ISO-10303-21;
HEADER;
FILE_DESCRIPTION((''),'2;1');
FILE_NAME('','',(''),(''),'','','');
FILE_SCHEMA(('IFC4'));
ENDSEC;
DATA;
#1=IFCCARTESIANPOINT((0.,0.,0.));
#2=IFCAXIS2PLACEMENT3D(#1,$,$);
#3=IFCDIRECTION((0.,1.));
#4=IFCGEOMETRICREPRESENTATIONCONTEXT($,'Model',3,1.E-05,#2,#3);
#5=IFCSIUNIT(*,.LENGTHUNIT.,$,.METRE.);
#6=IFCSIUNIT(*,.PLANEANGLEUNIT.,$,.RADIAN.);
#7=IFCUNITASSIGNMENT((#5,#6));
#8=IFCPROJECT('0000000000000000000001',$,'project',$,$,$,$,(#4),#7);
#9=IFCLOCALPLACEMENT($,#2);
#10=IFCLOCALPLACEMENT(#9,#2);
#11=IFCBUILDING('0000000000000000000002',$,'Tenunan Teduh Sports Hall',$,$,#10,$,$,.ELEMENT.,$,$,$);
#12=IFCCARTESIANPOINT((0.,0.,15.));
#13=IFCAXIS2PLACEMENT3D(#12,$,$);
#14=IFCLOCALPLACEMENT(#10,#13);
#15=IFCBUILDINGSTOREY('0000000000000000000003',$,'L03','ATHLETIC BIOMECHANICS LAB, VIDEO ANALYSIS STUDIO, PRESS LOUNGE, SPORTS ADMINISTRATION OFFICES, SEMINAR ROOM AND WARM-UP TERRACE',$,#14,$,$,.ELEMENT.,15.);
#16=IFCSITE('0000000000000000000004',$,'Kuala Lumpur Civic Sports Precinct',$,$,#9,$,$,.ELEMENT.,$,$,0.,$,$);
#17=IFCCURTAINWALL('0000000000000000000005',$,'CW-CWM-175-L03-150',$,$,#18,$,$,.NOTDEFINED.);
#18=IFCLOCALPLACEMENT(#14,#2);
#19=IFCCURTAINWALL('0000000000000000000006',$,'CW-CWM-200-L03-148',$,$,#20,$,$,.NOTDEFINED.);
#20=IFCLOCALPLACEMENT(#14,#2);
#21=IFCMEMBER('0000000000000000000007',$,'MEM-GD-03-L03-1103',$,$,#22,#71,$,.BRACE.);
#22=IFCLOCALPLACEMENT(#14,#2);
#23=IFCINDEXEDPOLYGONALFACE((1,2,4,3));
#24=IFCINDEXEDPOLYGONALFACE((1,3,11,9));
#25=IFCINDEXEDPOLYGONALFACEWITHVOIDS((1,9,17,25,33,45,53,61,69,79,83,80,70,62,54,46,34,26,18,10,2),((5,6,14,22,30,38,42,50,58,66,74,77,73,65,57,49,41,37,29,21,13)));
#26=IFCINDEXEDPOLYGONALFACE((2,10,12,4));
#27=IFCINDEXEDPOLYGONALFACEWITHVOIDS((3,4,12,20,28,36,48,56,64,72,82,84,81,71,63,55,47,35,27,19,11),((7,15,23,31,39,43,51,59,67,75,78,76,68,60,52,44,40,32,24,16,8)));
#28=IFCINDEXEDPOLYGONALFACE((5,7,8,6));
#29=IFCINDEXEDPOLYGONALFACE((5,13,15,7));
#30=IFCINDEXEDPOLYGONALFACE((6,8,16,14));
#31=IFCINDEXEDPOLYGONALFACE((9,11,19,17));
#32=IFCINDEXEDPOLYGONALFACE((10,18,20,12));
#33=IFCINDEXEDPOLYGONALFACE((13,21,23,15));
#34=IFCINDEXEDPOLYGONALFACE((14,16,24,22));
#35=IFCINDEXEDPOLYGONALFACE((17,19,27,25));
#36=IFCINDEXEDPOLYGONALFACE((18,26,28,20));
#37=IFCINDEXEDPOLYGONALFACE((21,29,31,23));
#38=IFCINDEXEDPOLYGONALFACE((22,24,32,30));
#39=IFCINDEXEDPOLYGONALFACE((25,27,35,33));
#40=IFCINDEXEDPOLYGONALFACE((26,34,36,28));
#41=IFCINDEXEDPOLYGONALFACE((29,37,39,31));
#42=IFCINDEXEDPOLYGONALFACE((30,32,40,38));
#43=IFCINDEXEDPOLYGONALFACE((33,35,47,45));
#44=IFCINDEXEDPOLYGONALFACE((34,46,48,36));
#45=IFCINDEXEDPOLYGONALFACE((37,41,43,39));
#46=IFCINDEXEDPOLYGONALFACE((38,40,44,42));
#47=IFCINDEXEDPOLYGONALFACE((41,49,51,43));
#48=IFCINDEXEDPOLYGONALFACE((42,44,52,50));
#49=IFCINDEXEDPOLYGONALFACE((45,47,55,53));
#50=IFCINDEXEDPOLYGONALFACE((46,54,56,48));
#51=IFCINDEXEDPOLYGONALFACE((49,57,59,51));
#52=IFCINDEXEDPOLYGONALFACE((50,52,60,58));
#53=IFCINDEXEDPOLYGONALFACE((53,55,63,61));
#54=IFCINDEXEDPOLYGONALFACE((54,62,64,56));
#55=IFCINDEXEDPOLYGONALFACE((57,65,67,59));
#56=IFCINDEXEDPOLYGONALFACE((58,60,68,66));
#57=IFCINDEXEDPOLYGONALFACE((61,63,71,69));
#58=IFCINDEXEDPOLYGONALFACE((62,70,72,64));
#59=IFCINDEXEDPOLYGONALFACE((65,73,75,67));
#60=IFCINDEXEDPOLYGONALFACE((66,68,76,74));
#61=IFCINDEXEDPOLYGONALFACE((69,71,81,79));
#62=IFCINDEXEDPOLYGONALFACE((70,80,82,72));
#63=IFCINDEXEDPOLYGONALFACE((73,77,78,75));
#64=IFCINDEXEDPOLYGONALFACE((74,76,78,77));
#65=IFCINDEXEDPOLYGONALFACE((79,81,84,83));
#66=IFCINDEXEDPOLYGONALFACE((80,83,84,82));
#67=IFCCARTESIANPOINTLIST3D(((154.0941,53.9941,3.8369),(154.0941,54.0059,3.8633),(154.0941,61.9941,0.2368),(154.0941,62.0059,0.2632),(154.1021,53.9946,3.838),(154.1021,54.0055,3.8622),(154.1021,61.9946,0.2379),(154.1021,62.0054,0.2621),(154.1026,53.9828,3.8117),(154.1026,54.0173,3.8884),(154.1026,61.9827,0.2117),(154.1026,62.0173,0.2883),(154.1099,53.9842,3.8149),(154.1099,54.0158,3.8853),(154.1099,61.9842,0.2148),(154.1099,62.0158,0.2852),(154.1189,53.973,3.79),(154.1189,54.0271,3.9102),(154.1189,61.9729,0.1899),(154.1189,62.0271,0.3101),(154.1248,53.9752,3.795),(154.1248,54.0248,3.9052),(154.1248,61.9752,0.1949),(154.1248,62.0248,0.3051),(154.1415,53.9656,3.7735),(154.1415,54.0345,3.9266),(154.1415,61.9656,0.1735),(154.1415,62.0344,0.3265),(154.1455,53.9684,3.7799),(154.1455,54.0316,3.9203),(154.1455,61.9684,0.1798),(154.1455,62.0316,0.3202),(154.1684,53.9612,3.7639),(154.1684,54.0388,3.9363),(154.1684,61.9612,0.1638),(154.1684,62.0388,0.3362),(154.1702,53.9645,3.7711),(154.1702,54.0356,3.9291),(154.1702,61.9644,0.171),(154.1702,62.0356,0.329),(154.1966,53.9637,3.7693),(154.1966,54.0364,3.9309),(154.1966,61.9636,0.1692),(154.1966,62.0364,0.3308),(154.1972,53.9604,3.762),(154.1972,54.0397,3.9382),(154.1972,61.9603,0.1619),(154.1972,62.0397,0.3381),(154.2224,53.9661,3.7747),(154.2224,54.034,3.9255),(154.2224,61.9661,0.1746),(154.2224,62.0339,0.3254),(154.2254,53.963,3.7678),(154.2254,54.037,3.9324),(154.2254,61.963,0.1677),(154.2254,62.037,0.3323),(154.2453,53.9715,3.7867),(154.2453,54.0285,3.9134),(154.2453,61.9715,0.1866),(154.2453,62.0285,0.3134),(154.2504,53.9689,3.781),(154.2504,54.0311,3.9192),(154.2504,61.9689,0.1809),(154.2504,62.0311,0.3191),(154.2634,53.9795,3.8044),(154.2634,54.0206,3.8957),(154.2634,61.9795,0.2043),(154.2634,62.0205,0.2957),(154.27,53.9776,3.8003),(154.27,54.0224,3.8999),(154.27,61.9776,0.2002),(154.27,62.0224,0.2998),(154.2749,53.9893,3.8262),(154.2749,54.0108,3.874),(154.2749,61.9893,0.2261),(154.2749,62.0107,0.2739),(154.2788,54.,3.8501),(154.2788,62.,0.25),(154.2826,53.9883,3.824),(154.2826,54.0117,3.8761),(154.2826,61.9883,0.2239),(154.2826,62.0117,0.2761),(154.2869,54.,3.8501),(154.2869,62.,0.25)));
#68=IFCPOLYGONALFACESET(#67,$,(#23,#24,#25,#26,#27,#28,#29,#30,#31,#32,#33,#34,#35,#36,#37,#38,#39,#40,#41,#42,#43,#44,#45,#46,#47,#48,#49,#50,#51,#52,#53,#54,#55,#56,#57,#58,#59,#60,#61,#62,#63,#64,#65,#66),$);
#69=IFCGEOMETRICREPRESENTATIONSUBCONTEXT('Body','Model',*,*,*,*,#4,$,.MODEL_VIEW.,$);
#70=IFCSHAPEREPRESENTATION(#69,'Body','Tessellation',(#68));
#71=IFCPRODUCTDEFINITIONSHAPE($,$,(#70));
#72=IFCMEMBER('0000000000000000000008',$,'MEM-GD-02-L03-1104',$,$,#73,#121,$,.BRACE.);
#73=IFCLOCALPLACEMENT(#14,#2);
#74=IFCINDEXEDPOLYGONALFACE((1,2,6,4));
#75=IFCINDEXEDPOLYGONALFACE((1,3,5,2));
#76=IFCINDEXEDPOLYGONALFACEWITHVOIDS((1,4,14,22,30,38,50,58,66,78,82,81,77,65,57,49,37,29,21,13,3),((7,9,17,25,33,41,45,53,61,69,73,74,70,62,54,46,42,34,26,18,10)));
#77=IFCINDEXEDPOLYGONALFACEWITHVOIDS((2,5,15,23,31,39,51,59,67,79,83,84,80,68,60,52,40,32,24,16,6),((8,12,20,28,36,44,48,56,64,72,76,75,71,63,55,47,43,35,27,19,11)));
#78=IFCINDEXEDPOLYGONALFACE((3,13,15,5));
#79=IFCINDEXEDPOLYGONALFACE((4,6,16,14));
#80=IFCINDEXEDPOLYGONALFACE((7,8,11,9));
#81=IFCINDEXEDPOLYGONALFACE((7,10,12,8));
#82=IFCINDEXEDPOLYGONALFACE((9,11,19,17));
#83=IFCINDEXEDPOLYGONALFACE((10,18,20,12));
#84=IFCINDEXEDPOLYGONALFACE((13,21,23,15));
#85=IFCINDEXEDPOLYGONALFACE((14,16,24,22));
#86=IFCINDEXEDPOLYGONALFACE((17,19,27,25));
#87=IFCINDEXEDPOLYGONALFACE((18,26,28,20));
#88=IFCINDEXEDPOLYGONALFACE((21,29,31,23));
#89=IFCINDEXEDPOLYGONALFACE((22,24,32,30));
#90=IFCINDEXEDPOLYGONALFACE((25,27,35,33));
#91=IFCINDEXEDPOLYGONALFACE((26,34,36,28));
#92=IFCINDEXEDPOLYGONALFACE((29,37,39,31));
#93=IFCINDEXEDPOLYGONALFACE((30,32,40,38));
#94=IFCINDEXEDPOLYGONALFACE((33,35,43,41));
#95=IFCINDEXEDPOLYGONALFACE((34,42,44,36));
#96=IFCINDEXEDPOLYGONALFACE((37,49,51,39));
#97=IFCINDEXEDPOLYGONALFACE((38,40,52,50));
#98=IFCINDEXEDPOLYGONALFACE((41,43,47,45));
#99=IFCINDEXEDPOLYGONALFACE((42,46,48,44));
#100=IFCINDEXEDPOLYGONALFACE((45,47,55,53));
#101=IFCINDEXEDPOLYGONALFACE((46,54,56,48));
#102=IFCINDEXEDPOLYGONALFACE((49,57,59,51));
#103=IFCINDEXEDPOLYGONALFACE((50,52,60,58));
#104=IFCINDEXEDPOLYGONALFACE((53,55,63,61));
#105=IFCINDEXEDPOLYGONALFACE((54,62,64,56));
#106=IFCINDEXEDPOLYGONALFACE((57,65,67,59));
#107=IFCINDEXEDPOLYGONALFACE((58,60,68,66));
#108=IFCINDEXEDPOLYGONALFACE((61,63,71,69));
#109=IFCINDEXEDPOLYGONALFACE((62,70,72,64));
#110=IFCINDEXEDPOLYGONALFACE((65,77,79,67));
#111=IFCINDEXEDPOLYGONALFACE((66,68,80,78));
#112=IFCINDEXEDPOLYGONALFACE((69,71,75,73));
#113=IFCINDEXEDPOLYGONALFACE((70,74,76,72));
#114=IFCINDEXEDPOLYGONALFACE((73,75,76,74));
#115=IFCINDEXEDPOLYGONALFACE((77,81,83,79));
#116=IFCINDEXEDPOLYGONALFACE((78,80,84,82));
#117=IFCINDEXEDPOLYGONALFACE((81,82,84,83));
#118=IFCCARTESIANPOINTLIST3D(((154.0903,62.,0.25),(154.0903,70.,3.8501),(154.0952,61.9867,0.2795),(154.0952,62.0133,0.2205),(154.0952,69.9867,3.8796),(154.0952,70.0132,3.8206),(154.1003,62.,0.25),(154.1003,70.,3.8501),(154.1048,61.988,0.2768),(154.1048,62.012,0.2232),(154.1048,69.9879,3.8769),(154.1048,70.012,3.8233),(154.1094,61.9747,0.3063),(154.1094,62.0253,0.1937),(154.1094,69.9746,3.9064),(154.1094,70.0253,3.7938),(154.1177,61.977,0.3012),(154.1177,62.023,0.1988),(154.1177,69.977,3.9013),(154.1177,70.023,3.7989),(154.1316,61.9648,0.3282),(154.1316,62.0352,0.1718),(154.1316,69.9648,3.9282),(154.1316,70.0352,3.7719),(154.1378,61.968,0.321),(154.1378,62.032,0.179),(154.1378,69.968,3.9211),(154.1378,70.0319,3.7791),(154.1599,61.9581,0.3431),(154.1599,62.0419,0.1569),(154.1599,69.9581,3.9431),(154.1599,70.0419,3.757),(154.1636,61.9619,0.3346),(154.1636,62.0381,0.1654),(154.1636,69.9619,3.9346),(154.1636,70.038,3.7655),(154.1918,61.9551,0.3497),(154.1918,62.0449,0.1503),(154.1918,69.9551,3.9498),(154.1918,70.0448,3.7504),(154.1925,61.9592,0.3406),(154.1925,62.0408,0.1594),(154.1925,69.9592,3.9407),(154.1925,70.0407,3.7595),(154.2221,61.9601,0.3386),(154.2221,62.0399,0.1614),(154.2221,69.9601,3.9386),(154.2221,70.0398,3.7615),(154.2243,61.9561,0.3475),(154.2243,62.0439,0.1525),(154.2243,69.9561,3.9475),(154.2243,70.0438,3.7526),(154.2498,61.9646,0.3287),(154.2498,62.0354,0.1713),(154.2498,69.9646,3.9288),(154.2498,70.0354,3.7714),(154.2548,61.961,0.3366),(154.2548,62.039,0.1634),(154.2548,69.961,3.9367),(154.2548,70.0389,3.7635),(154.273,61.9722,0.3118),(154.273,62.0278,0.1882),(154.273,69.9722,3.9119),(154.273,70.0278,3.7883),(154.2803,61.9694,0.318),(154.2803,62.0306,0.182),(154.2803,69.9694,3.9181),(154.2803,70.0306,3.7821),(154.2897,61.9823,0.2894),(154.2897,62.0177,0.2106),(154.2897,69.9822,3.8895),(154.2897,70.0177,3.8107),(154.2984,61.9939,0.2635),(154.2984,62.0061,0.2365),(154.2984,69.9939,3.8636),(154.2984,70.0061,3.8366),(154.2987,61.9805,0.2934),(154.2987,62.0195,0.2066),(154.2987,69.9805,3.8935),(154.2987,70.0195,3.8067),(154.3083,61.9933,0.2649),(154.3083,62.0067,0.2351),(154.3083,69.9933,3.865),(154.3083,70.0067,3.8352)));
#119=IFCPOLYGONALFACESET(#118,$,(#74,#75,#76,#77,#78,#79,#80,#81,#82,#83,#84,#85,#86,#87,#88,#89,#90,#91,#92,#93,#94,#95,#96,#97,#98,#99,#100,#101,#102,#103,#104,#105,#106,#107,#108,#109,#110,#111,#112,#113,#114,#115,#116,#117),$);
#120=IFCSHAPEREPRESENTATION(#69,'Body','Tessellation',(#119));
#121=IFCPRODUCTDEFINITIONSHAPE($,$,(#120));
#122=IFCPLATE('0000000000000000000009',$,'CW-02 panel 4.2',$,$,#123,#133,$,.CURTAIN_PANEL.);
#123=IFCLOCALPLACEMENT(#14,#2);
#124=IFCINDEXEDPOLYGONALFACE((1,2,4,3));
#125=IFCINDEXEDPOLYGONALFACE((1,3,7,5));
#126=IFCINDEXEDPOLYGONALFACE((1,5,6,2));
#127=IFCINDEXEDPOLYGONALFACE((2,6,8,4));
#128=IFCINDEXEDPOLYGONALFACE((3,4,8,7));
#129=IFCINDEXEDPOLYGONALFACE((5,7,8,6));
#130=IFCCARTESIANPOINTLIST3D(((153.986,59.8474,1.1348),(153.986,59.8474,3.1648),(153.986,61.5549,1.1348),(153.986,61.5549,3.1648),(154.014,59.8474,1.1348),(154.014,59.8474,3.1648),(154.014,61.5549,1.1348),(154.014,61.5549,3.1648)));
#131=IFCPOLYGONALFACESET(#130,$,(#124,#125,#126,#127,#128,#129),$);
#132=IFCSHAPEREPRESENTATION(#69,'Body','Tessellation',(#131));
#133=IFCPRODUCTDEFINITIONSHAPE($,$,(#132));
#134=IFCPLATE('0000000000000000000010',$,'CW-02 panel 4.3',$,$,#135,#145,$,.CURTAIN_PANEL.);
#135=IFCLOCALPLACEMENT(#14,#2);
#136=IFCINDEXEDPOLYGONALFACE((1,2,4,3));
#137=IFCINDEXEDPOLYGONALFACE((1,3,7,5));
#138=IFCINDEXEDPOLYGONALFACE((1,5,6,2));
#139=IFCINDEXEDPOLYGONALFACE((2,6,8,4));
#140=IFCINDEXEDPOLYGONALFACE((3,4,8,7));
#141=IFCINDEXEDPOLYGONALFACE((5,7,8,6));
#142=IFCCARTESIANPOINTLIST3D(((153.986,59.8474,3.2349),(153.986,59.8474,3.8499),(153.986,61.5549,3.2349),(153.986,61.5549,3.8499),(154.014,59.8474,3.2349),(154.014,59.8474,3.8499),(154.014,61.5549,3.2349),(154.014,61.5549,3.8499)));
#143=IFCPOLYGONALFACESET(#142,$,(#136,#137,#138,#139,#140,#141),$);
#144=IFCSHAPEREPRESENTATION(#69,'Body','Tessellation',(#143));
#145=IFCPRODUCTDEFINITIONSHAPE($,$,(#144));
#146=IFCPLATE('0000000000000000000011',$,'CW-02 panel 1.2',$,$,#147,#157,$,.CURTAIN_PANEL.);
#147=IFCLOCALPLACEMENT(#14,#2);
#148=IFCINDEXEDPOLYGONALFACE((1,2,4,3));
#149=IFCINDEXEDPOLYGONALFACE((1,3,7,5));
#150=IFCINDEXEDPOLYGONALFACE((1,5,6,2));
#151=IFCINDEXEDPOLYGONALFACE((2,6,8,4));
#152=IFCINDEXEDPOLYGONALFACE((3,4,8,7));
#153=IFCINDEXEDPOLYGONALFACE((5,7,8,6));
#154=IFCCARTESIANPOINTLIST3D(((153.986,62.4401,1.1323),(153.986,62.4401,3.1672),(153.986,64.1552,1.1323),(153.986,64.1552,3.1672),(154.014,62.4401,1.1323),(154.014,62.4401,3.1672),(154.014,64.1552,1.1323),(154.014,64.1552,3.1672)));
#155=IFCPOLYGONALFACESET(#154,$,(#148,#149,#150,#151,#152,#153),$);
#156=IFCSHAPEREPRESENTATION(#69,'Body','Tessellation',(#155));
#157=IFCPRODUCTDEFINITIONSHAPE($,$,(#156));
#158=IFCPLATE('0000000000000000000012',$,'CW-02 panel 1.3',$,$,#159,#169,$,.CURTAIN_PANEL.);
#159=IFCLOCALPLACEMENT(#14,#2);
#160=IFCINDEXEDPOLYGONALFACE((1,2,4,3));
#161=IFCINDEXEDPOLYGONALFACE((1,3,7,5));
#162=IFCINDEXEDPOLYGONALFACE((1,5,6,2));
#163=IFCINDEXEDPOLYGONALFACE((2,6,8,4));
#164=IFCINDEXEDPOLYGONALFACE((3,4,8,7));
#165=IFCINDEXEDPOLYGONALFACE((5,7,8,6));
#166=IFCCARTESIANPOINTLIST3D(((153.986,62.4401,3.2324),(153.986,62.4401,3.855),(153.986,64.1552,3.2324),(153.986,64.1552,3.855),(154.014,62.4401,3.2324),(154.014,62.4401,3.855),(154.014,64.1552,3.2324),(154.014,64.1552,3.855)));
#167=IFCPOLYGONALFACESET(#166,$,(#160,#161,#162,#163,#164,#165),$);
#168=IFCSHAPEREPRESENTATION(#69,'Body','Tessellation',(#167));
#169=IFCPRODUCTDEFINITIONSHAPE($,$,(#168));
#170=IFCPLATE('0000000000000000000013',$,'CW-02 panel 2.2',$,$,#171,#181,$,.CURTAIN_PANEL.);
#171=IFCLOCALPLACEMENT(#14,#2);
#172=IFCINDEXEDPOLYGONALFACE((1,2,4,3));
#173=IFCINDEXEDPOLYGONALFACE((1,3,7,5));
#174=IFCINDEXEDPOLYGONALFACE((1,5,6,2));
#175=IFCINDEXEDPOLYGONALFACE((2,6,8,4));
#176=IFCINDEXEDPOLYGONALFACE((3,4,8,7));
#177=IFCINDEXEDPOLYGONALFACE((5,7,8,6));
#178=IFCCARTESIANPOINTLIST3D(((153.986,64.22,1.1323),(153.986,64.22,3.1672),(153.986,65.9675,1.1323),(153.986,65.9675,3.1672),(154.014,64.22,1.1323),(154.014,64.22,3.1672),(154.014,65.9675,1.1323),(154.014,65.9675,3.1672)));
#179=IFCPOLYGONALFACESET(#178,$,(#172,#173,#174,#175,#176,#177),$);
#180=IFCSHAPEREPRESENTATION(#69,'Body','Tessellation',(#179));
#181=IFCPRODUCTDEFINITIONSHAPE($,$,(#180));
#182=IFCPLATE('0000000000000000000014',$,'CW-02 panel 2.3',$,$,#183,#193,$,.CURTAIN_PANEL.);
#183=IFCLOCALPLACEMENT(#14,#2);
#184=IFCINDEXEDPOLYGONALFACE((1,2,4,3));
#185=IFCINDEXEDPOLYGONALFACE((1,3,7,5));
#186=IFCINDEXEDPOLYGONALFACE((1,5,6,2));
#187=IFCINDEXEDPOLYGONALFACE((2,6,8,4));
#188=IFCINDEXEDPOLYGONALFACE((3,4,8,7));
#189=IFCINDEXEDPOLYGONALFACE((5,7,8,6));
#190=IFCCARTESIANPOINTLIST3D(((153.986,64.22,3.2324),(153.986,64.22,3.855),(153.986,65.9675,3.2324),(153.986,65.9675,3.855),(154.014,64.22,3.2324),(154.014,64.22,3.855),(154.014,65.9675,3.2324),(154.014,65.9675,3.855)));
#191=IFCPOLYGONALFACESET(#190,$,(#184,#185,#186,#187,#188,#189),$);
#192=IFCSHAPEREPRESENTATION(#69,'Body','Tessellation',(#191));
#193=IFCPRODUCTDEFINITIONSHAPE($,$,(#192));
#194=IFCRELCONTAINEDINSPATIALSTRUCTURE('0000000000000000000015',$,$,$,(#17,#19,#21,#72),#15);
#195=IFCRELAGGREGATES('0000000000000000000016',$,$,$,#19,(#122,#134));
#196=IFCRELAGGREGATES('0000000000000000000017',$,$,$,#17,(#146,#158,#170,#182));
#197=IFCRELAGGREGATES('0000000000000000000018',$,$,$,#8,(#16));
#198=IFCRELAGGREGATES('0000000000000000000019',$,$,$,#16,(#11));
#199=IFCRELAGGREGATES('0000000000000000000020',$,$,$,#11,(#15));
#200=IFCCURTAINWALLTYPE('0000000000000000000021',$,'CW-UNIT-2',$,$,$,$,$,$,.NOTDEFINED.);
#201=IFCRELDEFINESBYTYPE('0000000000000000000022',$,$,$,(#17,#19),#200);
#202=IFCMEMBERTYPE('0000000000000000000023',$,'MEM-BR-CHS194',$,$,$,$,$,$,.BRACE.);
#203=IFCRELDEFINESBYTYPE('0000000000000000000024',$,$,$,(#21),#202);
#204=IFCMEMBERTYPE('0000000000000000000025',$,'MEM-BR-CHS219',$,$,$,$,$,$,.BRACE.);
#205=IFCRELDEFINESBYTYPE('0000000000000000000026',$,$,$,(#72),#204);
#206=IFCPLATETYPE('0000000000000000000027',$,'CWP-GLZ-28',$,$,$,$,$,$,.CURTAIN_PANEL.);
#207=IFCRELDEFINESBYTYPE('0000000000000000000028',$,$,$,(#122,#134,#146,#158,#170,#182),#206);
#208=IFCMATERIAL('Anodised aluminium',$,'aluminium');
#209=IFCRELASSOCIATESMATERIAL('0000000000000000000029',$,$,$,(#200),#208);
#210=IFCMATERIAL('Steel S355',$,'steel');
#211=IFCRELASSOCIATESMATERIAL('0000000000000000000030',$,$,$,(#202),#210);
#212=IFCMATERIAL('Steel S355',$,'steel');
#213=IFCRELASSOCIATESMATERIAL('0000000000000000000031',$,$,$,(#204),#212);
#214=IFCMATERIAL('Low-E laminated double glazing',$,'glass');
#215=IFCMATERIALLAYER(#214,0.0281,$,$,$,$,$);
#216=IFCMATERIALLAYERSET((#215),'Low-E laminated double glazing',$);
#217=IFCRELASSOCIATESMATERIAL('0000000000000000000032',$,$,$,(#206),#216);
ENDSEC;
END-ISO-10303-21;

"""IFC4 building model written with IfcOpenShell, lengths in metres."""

from ifc_helpers import new_model, si_unit, direction, frame, origin, origin_2d, place, context, subcontext, project, spatial, rectangle, hollow_circle, extrude, material, layer, layer_set, material_profile, profile_set, type_object, element, aggregate, save


model = new_model("IFC4")

# Units and contexts
model_context = context("Model", 3, precision=1e-05, world=origin(), true_north=direction((0.0, 1.0)))
body_context = subcontext(model_context, "Body", "Model", "MODEL_VIEW")
ifc_project = project(units=[si_unit("LENGTHUNIT", "METRE"), si_unit("PLANEANGLEUNIT", "RADIAN")], contexts=[model_context])

# Site, building, storey
site_placement = place(None, origin())
site = spatial("IfcSite", under=ifc_project, at=site_placement, Name="Kuala Lumpur Civic Sports Precinct", CompositionType="ELEMENT", RefElevation=0.0)
building_placement = place(site_placement, origin())
building = spatial("IfcBuilding", under=site, at=building_placement, Name="Tenunan Teduh Sports Hall", CompositionType="ELEMENT")
storey_placement = place(building_placement, frame((0.0, 0.0, 15.0)))
storey = spatial("IfcBuildingStorey", under=building, at=storey_placement, Name="L03", Description="ATHLETIC BIOMECHANICS LAB, VIDEO ANALYSIS STUDIO, PRESS LOUNGE, SPORTS ADMINISTRATION OFFICES, SEMINAR ROOM AND WARM-UP TERRACE", CompositionType="ELEMENT", Elevation=15.0)

# Curtain walls
ifc_material_1 = material(Name="Anodised aluminium", Category="aluminium")
curtain_wall_type = type_object("IfcCurtainWallType", Name="CW-UNIT-2", PredefinedType="NOTDEFINED", material=ifc_material_1)
curtain_wall_1_placement = place(storey_placement, origin())
curtain_wall_1 = element("IfcCurtainWall", 1, at=curtain_wall_1_placement, inside=storey, type_object=curtain_wall_type, Name="CW-CWM-175-L03-150", PredefinedType="NOTDEFINED")
curtain_wall_2_placement = place(storey_placement, origin())
curtain_wall_2 = element("IfcCurtainWall", 2, at=curtain_wall_2_placement, inside=storey, type_object=curtain_wall_type, Name="CW-CWM-200-L03-148", PredefinedType="NOTDEFINED")

# Members
ifc_material_2 = material(Name="Steel S355", Category="steel")
ifc_material_profile_1 = material_profile(ifc_material_2, hollow_circle(Radius=0.0969, WallThickness=0.0081, at=origin_2d()), Name="CHS 193.7x8.0")
ifc_profile_set_1 = profile_set([ifc_material_profile_1], Name="Steel S355")
member_type_1 = type_object("IfcMemberType", Name="MEM-BR-CHS194", PredefinedType="BRACE", material=ifc_profile_set_1)
member_1_placement = place(storey_placement, frame((154.1899, 62.0, 0.25), z_axis=(0.0, -0.911917, 0.410374), x_axis=(1.0, 0.0, 0.0)))
element("IfcMember", 3, at=member_1_placement, inside=storey, type_object=member_type_1, Name="MEM-GD-03-L03-1103", PredefinedType="BRACE", context=body_context, shape_type="SweptSolid", body=[
    extrude(hollow_circle(Radius=0.0969, WallThickness=0.0081, at=origin_2d()), origin(), (0.0, 0.0, 1.0), 8.7727),
])
ifc_material_3 = material(Name="Steel S355", Category="steel")
ifc_material_profile_2 = material_profile(ifc_material_3, hollow_circle(Radius=0.1096, WallThickness=0.01, at=origin_2d()), Name="CHS 219.1x10.0")
ifc_profile_set_2 = profile_set([ifc_material_profile_2], Name="Steel S355")
member_type_2 = type_object("IfcMemberType", Name="MEM-BR-CHS219", PredefinedType="BRACE", material=ifc_profile_set_2)
member_2_placement = place(storey_placement, frame((154.2, 62.0, 0.25), z_axis=(0.0, 0.911917, 0.410374), x_axis=(-1.0, 0.0, 0.0)))
element("IfcMember", 4, at=member_2_placement, inside=storey, type_object=member_type_2, Name="MEM-GD-02-L03-1104", PredefinedType="BRACE", context=body_context, shape_type="SweptSolid", body=[
    extrude(hollow_circle(Radius=0.1096, WallThickness=0.01, at=origin_2d()), origin(), (0.0, 0.0, 1.0), 8.7727),
])

# Plates
ifc_material_4 = material(Name="Low-E laminated double glazing", Category="glass")
ifc_layer_1 = layer(ifc_material_4, 0.0281)
ifc_layer_set_1 = layer_set([ifc_layer_1], Name="Low-E laminated double glazing")
plate_type_1 = type_object("IfcPlateType", Name="CWP-GLZ-28", PredefinedType="CURTAIN_PANEL", material=ifc_layer_set_1)
plate_1_placement = place(storey_placement, frame((154.0, 60.7012, 1.1348), z_axis=(0.0, 0.0, 1.0), x_axis=(0.0, 1.0, 0.0)))
plate_1 = element("IfcPlate", 5, at=plate_1_placement, type_object=plate_type_1, Name="CW-02 panel 4.2", PredefinedType="CURTAIN_PANEL", context=body_context, shape_type="SweptSolid", body=[
    extrude(rectangle(XDim=1.7075, YDim=0.0281, at=origin_2d()), origin(), (0.0, 0.0, 1.0), 2.03),
])
plate_2_placement = place(storey_placement, frame((154.0, 60.7012, 3.2349), z_axis=(0.0, 0.0, 1.0), x_axis=(0.0, 1.0, 0.0)))
plate_2 = element("IfcPlate", 6, at=plate_2_placement, type_object=plate_type_1, Name="CW-02 panel 4.3", PredefinedType="CURTAIN_PANEL", context=body_context, shape_type="SweptSolid", body=[
    extrude(rectangle(XDim=1.7075, YDim=0.0281, at=origin_2d()), origin(), (0.0, 0.0, 1.0), 0.615),
])
plate_3_placement = place(storey_placement, frame((154.0, 63.2976, 1.1323), z_axis=(0.0, 0.0, 1.0), x_axis=(0.0, 1.0, 0.0)))
plate_3 = element("IfcPlate", 7, at=plate_3_placement, type_object=plate_type_1, Name="CW-02 panel 1.2", PredefinedType="CURTAIN_PANEL", context=body_context, shape_type="SweptSolid", body=[
    extrude(rectangle(XDim=1.7151, YDim=0.0281, at=origin_2d()), origin(), (0.0, 0.0, 1.0), 2.0349),
])
plate_4_placement = place(storey_placement, frame((154.0, 63.2976, 3.2324), z_axis=(0.0, 0.0, 1.0), x_axis=(0.0, 1.0, 0.0)))
plate_4 = element("IfcPlate", 8, at=plate_4_placement, type_object=plate_type_1, Name="CW-02 panel 1.3", PredefinedType="CURTAIN_PANEL", context=body_context, shape_type="SweptSolid", body=[
    extrude(rectangle(XDim=1.7151, YDim=0.0281, at=origin_2d()), origin(), (0.0, 0.0, 1.0), 0.6226),
])
plate_5_placement = place(storey_placement, frame((154.0, 65.0938, 1.1323), z_axis=(0.0, 0.0, 1.0), x_axis=(0.0, 1.0, 0.0)))
plate_5 = element("IfcPlate", 9, at=plate_5_placement, type_object=plate_type_1, Name="CW-02 panel 2.2", PredefinedType="CURTAIN_PANEL", context=body_context, shape_type="SweptSolid", body=[
    extrude(rectangle(XDim=1.7476, YDim=0.0281, at=origin_2d()), origin(), (0.0, 0.0, 1.0), 2.0349),
])
plate_6_placement = place(storey_placement, frame((154.0, 65.0938, 3.2324), z_axis=(0.0, 0.0, 1.0), x_axis=(0.0, 1.0, 0.0)))
plate_6 = element("IfcPlate", 10, at=plate_6_placement, type_object=plate_type_1, Name="CW-02 panel 2.3", PredefinedType="CURTAIN_PANEL", context=body_context, shape_type="SweptSolid", body=[
    extrude(rectangle(XDim=1.7476, YDim=0.0281, at=origin_2d()), origin(), (0.0, 0.0, 1.0), 0.6226),
])
aggregate(curtain_wall_2, [plate_1, plate_2])
aggregate(curtain_wall_1, [plate_3, plate_4, plate_5, plate_6])

save(model, "model.ifc")
